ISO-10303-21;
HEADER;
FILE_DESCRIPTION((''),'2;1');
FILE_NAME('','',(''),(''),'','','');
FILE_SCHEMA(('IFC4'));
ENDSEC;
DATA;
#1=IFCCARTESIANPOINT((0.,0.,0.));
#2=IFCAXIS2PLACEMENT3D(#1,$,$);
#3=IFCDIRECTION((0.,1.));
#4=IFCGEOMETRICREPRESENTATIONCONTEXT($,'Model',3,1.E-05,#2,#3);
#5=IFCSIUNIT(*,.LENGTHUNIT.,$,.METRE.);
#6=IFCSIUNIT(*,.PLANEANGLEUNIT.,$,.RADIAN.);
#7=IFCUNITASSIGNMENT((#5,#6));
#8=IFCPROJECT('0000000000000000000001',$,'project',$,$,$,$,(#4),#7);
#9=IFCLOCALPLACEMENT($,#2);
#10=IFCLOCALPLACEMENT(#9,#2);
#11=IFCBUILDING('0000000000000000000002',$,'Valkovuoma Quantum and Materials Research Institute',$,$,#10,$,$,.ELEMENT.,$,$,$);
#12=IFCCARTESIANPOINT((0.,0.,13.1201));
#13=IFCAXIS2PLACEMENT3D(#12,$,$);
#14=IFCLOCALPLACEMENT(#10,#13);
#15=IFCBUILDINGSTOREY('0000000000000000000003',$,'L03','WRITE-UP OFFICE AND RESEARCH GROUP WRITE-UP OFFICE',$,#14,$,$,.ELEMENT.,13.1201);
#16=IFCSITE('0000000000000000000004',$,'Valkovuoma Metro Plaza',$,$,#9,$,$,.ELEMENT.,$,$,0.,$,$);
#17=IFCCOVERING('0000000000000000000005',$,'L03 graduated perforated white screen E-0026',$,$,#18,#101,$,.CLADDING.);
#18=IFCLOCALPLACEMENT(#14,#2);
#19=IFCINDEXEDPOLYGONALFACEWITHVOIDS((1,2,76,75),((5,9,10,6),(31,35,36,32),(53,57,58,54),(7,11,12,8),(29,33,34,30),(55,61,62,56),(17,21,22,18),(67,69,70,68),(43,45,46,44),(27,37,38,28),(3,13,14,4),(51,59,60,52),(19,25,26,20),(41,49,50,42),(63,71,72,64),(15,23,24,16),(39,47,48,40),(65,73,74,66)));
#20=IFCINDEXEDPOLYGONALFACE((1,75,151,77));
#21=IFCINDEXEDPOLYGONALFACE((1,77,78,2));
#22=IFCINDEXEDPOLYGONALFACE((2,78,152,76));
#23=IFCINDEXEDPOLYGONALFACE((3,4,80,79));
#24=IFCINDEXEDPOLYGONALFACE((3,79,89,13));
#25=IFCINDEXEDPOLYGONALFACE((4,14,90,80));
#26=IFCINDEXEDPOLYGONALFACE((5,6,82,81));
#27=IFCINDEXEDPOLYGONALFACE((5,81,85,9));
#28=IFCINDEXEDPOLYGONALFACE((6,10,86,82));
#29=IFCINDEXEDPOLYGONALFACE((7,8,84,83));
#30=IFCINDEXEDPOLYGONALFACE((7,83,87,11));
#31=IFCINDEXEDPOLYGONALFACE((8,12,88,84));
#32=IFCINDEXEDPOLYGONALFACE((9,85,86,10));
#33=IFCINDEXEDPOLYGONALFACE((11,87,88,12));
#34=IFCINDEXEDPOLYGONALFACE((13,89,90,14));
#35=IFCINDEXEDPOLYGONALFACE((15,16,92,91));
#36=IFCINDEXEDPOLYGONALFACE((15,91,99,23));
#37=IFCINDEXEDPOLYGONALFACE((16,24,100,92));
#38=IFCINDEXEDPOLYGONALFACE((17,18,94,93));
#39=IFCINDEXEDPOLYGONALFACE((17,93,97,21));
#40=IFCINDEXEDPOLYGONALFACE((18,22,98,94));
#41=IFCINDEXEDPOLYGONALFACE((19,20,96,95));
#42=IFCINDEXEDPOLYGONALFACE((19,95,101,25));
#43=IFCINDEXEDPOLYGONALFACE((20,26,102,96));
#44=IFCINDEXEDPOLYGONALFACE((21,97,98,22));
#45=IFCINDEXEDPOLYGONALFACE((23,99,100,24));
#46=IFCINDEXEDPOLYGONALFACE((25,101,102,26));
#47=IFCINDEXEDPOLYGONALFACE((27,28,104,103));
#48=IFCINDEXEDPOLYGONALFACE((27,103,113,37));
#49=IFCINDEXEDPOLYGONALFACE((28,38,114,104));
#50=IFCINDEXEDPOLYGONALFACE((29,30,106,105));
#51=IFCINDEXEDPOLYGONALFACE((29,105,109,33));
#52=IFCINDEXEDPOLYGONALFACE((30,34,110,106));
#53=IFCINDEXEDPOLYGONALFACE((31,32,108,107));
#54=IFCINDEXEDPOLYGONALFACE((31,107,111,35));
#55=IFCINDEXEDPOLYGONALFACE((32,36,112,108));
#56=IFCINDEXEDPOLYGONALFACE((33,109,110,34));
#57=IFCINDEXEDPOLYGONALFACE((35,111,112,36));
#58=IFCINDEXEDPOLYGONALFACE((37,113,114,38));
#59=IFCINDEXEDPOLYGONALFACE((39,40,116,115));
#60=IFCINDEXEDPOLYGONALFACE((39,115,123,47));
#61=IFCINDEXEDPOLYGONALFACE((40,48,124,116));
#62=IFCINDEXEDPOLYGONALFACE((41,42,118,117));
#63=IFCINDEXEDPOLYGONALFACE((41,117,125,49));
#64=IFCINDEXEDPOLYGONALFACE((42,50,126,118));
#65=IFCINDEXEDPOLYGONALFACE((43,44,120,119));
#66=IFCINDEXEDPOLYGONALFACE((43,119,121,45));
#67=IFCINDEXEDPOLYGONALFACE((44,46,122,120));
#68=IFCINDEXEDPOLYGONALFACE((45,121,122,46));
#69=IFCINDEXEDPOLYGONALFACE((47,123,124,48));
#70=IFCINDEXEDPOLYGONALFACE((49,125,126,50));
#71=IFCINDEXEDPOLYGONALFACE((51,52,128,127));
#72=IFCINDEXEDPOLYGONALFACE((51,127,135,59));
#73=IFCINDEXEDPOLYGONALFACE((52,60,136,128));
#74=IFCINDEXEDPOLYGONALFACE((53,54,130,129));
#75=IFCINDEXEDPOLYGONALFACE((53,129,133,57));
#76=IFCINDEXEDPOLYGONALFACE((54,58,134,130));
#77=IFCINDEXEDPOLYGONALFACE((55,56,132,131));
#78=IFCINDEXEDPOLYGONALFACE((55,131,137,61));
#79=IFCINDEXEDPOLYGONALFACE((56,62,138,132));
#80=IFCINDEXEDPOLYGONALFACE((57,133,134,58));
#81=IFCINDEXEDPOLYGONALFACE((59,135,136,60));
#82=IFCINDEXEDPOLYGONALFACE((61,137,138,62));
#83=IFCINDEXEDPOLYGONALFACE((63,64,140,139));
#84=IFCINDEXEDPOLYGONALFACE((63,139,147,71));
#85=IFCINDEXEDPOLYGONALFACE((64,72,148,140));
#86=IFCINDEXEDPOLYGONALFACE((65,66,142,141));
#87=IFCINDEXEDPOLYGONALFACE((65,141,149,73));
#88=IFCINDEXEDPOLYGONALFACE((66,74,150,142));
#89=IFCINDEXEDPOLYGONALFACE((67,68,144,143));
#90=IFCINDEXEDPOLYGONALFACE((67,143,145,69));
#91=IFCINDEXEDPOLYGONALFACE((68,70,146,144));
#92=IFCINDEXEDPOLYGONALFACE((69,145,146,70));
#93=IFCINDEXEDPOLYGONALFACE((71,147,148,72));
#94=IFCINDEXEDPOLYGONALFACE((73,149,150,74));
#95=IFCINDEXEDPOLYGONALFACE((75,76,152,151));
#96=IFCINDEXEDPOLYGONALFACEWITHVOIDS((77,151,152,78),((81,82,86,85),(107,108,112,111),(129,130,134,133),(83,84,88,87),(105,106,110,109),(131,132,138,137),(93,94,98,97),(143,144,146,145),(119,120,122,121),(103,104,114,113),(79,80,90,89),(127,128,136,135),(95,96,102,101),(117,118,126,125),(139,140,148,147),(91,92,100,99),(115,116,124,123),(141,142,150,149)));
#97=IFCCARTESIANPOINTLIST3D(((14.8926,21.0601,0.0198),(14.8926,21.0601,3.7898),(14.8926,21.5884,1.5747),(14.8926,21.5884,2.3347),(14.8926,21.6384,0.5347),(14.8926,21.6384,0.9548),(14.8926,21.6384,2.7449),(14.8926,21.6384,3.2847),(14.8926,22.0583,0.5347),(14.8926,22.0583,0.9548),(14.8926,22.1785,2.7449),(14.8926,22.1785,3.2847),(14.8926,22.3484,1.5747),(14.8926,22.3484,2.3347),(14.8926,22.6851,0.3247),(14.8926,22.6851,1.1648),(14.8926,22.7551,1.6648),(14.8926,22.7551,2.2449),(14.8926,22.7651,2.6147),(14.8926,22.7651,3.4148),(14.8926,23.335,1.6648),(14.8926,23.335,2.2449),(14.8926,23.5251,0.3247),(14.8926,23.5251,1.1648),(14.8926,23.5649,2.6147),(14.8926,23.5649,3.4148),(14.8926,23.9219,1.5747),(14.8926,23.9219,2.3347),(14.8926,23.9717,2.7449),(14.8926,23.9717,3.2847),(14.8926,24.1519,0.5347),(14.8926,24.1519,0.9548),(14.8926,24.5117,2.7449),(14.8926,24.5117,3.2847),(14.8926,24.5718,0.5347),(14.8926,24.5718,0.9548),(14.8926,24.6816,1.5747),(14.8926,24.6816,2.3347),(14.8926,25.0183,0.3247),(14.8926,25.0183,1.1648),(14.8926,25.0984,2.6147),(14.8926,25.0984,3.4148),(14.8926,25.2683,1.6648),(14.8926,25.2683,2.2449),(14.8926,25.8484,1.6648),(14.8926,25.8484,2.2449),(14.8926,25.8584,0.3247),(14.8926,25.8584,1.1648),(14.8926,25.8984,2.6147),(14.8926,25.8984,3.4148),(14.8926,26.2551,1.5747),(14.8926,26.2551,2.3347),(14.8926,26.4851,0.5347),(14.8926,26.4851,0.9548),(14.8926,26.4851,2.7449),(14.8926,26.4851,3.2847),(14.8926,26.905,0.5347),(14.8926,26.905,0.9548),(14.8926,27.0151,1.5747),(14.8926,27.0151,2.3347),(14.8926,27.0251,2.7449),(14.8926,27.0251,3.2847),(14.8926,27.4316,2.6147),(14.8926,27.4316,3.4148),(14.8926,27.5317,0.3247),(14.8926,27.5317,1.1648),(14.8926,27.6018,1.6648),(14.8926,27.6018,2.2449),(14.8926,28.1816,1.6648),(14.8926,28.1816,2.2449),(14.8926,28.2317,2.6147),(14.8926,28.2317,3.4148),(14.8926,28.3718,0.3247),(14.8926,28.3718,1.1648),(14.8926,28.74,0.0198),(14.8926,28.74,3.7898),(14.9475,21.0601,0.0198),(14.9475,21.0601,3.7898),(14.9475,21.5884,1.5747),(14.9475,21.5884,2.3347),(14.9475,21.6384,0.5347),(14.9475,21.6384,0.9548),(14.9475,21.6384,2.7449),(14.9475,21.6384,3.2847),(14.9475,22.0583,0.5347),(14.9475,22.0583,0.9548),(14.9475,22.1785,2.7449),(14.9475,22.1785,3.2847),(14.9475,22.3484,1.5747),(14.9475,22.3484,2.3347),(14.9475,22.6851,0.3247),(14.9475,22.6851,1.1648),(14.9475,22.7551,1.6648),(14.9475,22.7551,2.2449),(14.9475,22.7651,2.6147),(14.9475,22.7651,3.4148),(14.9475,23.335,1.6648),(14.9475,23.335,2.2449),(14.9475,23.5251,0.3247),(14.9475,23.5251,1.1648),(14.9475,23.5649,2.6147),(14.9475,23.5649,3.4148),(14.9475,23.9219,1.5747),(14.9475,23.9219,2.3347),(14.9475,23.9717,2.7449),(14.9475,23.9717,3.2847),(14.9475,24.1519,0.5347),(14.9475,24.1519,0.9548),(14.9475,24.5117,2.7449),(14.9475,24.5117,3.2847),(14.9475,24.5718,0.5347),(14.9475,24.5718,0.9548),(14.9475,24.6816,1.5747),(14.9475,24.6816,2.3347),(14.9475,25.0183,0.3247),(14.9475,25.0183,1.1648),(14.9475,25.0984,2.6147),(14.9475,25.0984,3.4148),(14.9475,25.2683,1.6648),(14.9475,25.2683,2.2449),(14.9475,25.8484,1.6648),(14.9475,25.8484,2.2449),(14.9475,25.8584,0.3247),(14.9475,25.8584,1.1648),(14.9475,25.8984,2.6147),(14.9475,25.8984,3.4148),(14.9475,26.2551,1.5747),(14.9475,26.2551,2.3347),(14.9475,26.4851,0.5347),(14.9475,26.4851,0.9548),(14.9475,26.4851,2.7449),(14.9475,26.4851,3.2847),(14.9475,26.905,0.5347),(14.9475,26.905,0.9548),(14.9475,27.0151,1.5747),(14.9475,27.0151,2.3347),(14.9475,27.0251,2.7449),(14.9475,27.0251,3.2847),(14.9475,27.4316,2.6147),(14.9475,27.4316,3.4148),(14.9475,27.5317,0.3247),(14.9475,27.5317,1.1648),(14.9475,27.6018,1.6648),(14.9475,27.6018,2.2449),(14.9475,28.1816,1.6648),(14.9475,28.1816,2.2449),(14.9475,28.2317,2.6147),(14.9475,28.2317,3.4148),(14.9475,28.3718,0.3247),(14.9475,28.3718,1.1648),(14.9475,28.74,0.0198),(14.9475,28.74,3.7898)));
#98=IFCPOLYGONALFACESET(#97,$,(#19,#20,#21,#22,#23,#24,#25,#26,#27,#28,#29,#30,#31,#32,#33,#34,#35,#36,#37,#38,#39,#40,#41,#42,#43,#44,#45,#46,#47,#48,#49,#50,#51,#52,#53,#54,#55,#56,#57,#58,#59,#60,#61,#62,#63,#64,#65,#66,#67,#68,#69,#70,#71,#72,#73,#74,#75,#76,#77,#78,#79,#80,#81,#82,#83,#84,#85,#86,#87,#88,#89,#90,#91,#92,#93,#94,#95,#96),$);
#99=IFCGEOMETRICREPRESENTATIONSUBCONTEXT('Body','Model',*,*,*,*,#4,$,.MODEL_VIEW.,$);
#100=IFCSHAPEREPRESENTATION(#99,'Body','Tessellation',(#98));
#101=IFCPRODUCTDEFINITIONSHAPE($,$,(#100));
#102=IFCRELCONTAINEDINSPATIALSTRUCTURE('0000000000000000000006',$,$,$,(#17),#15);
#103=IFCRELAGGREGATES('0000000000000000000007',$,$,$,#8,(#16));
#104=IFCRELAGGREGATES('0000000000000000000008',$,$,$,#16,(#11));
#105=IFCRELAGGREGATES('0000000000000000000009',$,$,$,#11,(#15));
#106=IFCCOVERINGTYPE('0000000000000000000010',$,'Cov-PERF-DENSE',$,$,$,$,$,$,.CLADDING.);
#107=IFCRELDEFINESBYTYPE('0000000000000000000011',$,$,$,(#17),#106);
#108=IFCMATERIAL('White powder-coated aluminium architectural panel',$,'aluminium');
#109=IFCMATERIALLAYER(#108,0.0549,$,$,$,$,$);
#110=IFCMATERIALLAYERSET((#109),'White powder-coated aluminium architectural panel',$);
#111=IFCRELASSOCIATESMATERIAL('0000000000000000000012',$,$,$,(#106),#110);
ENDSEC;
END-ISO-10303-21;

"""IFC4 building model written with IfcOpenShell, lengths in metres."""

from ifc_helpers import new_model, si_unit, direction, frame, origin, place, context, subcontext, project, spatial, polyline, outline, extrude, material, layer, layer_set, type_object, element, save


model = new_model("IFC4")

# Units and contexts
model_context = context("Model", 3, precision=1e-05, world=origin(), true_north=direction((0.0, 1.0)))
body_context = subcontext(model_context, "Body", "Model", "MODEL_VIEW")
ifc_project = project(units=[si_unit("LENGTHUNIT", "METRE"), si_unit("PLANEANGLEUNIT", "RADIAN")], contexts=[model_context])

# Site, building, storey
site_placement = place(None, origin())
site = spatial("IfcSite", under=ifc_project, at=site_placement, Name="Valkovuoma Metro Plaza", CompositionType="ELEMENT", RefElevation=0.0)
building_placement = place(site_placement, origin())
building = spatial("IfcBuilding", under=site, at=building_placement, Name="Valkovuoma Quantum and Materials Research Institute", CompositionType="ELEMENT")
storey_placement = place(building_placement, frame((0.0, 0.0, 13.1201)))
storey = spatial("IfcBuildingStorey", under=building, at=storey_placement, Name="L03", Description="WRITE-UP OFFICE AND RESEARCH GROUP WRITE-UP OFFICE", CompositionType="ELEMENT", Elevation=13.1201)

# Covering
ifc_material_1 = material(Name="White powder-coated aluminium architectural panel", Category="aluminium")
ifc_layer_1 = layer(ifc_material_1, 0.0549)
ifc_layer_set_1 = layer_set([ifc_layer_1], Name="White powder-coated aluminium architectural panel")
covering_type = type_object("IfcCoveringType", Name="Cov-PERF-DENSE", PredefinedType="CLADDING", material=ifc_layer_set_1)
covering_1_placement = place(storey_placement, frame((14.9199, 21.0601, 0.0198), z_axis=(0.0, 0.0, 1.0), x_axis=(0.0, 1.0, 0.0)))
element("IfcCovering", 1, at=covering_1_placement, inside=storey, type_object=covering_type, Name="L03 graduated perforated white screen E-0026", PredefinedType="CLADDING", context=body_context, shape_type="SweptSolid", body=[
    extrude(outline(polyline([(0.0, 0.0), (7.6799, 0.0), (7.6799, 3.77), (0.0, 3.77), (0.0, 0.0)]), holes=[polyline([(0.5784, 0.5149), (0.5784, 0.9351), (0.9983, 0.9351), (0.9983, 0.5149), (0.5784, 0.5149)]), polyline([(0.5283, 1.5549), (0.5283, 2.3149), (1.2883, 2.3149), (1.2883, 1.5549), (0.5283, 1.5549)]), polyline([(0.5784, 2.7251), (0.5784, 3.2649), (1.1184, 3.2649), (1.1184, 2.7251), (0.5784, 2.7251)]), polyline([(1.625, 0.3049), (1.625, 1.145), (2.4651, 1.145), (2.4651, 0.3049), (1.625, 0.3049)]), polyline([(1.6951, 1.645), (1.6951, 2.2251), (2.2749, 2.2251), (2.2749, 1.645), (1.6951, 1.645)]), polyline([(1.7051, 2.595), (1.7051, 3.395), (2.5049, 3.395), (2.5049, 2.595), (1.7051, 2.595)]), polyline([(3.0918, 0.5149), (3.0918, 0.9351), (3.5117, 0.9351), (3.5117, 0.5149), (3.0918, 0.5149)]), polyline([(2.8618, 1.5549), (2.8618, 2.3149), (3.6216, 2.3149), (3.6216, 1.5549), (2.8618, 1.5549)]), polyline([(2.9116, 2.7251), (2.9116, 3.2649), (3.4517, 3.2649), (3.4517, 2.7251), (2.9116, 2.7251)]), polyline([(3.9583, 0.3049), (3.9583, 1.145), (4.7983, 1.145), (4.7983, 0.3049), (3.9583, 0.3049)]), polyline([(4.2083, 1.645), (4.2083, 2.2251), (4.7883, 2.2251), (4.7883, 1.645), (4.2083, 1.645)]), polyline([(4.0383, 2.595), (4.0383, 3.395), (4.8384, 3.395), (4.8384, 2.595), (4.0383, 2.595)]), polyline([(5.425, 0.5149), (5.425, 0.9351), (5.845, 0.9351), (5.845, 0.5149), (5.425, 0.5149)]), polyline([(5.1951, 1.5549), (5.1951, 2.3149), (5.9551, 2.3149), (5.9551, 1.5549), (5.1951, 1.5549)]), polyline([(5.425, 2.7251), (5.425, 3.2649), (5.9651, 3.2649), (5.9651, 2.7251), (5.425, 2.7251)]), polyline([(6.4717, 0.3049), (6.4717, 1.145), (7.3118, 1.145), (7.3118, 0.3049), (6.4717, 0.3049)]), polyline([(6.5417, 1.645), (6.5417, 2.2251), (7.1216, 2.2251), (7.1216, 1.645), (6.5417, 1.645)]), polyline([(6.3716, 2.595), (6.3716, 3.395), (7.1716, 3.395), (7.1716, 2.595), (6.3716, 2.595)])]), frame((0.0, 0.0273, 0.0), z_axis=(0.0, -1.0, 0.0), x_axis=(1.0, 0.0, 0.0)), (0.0, 0.0, 1.0), 0.0549),
])

save(model, "model.ifc")
